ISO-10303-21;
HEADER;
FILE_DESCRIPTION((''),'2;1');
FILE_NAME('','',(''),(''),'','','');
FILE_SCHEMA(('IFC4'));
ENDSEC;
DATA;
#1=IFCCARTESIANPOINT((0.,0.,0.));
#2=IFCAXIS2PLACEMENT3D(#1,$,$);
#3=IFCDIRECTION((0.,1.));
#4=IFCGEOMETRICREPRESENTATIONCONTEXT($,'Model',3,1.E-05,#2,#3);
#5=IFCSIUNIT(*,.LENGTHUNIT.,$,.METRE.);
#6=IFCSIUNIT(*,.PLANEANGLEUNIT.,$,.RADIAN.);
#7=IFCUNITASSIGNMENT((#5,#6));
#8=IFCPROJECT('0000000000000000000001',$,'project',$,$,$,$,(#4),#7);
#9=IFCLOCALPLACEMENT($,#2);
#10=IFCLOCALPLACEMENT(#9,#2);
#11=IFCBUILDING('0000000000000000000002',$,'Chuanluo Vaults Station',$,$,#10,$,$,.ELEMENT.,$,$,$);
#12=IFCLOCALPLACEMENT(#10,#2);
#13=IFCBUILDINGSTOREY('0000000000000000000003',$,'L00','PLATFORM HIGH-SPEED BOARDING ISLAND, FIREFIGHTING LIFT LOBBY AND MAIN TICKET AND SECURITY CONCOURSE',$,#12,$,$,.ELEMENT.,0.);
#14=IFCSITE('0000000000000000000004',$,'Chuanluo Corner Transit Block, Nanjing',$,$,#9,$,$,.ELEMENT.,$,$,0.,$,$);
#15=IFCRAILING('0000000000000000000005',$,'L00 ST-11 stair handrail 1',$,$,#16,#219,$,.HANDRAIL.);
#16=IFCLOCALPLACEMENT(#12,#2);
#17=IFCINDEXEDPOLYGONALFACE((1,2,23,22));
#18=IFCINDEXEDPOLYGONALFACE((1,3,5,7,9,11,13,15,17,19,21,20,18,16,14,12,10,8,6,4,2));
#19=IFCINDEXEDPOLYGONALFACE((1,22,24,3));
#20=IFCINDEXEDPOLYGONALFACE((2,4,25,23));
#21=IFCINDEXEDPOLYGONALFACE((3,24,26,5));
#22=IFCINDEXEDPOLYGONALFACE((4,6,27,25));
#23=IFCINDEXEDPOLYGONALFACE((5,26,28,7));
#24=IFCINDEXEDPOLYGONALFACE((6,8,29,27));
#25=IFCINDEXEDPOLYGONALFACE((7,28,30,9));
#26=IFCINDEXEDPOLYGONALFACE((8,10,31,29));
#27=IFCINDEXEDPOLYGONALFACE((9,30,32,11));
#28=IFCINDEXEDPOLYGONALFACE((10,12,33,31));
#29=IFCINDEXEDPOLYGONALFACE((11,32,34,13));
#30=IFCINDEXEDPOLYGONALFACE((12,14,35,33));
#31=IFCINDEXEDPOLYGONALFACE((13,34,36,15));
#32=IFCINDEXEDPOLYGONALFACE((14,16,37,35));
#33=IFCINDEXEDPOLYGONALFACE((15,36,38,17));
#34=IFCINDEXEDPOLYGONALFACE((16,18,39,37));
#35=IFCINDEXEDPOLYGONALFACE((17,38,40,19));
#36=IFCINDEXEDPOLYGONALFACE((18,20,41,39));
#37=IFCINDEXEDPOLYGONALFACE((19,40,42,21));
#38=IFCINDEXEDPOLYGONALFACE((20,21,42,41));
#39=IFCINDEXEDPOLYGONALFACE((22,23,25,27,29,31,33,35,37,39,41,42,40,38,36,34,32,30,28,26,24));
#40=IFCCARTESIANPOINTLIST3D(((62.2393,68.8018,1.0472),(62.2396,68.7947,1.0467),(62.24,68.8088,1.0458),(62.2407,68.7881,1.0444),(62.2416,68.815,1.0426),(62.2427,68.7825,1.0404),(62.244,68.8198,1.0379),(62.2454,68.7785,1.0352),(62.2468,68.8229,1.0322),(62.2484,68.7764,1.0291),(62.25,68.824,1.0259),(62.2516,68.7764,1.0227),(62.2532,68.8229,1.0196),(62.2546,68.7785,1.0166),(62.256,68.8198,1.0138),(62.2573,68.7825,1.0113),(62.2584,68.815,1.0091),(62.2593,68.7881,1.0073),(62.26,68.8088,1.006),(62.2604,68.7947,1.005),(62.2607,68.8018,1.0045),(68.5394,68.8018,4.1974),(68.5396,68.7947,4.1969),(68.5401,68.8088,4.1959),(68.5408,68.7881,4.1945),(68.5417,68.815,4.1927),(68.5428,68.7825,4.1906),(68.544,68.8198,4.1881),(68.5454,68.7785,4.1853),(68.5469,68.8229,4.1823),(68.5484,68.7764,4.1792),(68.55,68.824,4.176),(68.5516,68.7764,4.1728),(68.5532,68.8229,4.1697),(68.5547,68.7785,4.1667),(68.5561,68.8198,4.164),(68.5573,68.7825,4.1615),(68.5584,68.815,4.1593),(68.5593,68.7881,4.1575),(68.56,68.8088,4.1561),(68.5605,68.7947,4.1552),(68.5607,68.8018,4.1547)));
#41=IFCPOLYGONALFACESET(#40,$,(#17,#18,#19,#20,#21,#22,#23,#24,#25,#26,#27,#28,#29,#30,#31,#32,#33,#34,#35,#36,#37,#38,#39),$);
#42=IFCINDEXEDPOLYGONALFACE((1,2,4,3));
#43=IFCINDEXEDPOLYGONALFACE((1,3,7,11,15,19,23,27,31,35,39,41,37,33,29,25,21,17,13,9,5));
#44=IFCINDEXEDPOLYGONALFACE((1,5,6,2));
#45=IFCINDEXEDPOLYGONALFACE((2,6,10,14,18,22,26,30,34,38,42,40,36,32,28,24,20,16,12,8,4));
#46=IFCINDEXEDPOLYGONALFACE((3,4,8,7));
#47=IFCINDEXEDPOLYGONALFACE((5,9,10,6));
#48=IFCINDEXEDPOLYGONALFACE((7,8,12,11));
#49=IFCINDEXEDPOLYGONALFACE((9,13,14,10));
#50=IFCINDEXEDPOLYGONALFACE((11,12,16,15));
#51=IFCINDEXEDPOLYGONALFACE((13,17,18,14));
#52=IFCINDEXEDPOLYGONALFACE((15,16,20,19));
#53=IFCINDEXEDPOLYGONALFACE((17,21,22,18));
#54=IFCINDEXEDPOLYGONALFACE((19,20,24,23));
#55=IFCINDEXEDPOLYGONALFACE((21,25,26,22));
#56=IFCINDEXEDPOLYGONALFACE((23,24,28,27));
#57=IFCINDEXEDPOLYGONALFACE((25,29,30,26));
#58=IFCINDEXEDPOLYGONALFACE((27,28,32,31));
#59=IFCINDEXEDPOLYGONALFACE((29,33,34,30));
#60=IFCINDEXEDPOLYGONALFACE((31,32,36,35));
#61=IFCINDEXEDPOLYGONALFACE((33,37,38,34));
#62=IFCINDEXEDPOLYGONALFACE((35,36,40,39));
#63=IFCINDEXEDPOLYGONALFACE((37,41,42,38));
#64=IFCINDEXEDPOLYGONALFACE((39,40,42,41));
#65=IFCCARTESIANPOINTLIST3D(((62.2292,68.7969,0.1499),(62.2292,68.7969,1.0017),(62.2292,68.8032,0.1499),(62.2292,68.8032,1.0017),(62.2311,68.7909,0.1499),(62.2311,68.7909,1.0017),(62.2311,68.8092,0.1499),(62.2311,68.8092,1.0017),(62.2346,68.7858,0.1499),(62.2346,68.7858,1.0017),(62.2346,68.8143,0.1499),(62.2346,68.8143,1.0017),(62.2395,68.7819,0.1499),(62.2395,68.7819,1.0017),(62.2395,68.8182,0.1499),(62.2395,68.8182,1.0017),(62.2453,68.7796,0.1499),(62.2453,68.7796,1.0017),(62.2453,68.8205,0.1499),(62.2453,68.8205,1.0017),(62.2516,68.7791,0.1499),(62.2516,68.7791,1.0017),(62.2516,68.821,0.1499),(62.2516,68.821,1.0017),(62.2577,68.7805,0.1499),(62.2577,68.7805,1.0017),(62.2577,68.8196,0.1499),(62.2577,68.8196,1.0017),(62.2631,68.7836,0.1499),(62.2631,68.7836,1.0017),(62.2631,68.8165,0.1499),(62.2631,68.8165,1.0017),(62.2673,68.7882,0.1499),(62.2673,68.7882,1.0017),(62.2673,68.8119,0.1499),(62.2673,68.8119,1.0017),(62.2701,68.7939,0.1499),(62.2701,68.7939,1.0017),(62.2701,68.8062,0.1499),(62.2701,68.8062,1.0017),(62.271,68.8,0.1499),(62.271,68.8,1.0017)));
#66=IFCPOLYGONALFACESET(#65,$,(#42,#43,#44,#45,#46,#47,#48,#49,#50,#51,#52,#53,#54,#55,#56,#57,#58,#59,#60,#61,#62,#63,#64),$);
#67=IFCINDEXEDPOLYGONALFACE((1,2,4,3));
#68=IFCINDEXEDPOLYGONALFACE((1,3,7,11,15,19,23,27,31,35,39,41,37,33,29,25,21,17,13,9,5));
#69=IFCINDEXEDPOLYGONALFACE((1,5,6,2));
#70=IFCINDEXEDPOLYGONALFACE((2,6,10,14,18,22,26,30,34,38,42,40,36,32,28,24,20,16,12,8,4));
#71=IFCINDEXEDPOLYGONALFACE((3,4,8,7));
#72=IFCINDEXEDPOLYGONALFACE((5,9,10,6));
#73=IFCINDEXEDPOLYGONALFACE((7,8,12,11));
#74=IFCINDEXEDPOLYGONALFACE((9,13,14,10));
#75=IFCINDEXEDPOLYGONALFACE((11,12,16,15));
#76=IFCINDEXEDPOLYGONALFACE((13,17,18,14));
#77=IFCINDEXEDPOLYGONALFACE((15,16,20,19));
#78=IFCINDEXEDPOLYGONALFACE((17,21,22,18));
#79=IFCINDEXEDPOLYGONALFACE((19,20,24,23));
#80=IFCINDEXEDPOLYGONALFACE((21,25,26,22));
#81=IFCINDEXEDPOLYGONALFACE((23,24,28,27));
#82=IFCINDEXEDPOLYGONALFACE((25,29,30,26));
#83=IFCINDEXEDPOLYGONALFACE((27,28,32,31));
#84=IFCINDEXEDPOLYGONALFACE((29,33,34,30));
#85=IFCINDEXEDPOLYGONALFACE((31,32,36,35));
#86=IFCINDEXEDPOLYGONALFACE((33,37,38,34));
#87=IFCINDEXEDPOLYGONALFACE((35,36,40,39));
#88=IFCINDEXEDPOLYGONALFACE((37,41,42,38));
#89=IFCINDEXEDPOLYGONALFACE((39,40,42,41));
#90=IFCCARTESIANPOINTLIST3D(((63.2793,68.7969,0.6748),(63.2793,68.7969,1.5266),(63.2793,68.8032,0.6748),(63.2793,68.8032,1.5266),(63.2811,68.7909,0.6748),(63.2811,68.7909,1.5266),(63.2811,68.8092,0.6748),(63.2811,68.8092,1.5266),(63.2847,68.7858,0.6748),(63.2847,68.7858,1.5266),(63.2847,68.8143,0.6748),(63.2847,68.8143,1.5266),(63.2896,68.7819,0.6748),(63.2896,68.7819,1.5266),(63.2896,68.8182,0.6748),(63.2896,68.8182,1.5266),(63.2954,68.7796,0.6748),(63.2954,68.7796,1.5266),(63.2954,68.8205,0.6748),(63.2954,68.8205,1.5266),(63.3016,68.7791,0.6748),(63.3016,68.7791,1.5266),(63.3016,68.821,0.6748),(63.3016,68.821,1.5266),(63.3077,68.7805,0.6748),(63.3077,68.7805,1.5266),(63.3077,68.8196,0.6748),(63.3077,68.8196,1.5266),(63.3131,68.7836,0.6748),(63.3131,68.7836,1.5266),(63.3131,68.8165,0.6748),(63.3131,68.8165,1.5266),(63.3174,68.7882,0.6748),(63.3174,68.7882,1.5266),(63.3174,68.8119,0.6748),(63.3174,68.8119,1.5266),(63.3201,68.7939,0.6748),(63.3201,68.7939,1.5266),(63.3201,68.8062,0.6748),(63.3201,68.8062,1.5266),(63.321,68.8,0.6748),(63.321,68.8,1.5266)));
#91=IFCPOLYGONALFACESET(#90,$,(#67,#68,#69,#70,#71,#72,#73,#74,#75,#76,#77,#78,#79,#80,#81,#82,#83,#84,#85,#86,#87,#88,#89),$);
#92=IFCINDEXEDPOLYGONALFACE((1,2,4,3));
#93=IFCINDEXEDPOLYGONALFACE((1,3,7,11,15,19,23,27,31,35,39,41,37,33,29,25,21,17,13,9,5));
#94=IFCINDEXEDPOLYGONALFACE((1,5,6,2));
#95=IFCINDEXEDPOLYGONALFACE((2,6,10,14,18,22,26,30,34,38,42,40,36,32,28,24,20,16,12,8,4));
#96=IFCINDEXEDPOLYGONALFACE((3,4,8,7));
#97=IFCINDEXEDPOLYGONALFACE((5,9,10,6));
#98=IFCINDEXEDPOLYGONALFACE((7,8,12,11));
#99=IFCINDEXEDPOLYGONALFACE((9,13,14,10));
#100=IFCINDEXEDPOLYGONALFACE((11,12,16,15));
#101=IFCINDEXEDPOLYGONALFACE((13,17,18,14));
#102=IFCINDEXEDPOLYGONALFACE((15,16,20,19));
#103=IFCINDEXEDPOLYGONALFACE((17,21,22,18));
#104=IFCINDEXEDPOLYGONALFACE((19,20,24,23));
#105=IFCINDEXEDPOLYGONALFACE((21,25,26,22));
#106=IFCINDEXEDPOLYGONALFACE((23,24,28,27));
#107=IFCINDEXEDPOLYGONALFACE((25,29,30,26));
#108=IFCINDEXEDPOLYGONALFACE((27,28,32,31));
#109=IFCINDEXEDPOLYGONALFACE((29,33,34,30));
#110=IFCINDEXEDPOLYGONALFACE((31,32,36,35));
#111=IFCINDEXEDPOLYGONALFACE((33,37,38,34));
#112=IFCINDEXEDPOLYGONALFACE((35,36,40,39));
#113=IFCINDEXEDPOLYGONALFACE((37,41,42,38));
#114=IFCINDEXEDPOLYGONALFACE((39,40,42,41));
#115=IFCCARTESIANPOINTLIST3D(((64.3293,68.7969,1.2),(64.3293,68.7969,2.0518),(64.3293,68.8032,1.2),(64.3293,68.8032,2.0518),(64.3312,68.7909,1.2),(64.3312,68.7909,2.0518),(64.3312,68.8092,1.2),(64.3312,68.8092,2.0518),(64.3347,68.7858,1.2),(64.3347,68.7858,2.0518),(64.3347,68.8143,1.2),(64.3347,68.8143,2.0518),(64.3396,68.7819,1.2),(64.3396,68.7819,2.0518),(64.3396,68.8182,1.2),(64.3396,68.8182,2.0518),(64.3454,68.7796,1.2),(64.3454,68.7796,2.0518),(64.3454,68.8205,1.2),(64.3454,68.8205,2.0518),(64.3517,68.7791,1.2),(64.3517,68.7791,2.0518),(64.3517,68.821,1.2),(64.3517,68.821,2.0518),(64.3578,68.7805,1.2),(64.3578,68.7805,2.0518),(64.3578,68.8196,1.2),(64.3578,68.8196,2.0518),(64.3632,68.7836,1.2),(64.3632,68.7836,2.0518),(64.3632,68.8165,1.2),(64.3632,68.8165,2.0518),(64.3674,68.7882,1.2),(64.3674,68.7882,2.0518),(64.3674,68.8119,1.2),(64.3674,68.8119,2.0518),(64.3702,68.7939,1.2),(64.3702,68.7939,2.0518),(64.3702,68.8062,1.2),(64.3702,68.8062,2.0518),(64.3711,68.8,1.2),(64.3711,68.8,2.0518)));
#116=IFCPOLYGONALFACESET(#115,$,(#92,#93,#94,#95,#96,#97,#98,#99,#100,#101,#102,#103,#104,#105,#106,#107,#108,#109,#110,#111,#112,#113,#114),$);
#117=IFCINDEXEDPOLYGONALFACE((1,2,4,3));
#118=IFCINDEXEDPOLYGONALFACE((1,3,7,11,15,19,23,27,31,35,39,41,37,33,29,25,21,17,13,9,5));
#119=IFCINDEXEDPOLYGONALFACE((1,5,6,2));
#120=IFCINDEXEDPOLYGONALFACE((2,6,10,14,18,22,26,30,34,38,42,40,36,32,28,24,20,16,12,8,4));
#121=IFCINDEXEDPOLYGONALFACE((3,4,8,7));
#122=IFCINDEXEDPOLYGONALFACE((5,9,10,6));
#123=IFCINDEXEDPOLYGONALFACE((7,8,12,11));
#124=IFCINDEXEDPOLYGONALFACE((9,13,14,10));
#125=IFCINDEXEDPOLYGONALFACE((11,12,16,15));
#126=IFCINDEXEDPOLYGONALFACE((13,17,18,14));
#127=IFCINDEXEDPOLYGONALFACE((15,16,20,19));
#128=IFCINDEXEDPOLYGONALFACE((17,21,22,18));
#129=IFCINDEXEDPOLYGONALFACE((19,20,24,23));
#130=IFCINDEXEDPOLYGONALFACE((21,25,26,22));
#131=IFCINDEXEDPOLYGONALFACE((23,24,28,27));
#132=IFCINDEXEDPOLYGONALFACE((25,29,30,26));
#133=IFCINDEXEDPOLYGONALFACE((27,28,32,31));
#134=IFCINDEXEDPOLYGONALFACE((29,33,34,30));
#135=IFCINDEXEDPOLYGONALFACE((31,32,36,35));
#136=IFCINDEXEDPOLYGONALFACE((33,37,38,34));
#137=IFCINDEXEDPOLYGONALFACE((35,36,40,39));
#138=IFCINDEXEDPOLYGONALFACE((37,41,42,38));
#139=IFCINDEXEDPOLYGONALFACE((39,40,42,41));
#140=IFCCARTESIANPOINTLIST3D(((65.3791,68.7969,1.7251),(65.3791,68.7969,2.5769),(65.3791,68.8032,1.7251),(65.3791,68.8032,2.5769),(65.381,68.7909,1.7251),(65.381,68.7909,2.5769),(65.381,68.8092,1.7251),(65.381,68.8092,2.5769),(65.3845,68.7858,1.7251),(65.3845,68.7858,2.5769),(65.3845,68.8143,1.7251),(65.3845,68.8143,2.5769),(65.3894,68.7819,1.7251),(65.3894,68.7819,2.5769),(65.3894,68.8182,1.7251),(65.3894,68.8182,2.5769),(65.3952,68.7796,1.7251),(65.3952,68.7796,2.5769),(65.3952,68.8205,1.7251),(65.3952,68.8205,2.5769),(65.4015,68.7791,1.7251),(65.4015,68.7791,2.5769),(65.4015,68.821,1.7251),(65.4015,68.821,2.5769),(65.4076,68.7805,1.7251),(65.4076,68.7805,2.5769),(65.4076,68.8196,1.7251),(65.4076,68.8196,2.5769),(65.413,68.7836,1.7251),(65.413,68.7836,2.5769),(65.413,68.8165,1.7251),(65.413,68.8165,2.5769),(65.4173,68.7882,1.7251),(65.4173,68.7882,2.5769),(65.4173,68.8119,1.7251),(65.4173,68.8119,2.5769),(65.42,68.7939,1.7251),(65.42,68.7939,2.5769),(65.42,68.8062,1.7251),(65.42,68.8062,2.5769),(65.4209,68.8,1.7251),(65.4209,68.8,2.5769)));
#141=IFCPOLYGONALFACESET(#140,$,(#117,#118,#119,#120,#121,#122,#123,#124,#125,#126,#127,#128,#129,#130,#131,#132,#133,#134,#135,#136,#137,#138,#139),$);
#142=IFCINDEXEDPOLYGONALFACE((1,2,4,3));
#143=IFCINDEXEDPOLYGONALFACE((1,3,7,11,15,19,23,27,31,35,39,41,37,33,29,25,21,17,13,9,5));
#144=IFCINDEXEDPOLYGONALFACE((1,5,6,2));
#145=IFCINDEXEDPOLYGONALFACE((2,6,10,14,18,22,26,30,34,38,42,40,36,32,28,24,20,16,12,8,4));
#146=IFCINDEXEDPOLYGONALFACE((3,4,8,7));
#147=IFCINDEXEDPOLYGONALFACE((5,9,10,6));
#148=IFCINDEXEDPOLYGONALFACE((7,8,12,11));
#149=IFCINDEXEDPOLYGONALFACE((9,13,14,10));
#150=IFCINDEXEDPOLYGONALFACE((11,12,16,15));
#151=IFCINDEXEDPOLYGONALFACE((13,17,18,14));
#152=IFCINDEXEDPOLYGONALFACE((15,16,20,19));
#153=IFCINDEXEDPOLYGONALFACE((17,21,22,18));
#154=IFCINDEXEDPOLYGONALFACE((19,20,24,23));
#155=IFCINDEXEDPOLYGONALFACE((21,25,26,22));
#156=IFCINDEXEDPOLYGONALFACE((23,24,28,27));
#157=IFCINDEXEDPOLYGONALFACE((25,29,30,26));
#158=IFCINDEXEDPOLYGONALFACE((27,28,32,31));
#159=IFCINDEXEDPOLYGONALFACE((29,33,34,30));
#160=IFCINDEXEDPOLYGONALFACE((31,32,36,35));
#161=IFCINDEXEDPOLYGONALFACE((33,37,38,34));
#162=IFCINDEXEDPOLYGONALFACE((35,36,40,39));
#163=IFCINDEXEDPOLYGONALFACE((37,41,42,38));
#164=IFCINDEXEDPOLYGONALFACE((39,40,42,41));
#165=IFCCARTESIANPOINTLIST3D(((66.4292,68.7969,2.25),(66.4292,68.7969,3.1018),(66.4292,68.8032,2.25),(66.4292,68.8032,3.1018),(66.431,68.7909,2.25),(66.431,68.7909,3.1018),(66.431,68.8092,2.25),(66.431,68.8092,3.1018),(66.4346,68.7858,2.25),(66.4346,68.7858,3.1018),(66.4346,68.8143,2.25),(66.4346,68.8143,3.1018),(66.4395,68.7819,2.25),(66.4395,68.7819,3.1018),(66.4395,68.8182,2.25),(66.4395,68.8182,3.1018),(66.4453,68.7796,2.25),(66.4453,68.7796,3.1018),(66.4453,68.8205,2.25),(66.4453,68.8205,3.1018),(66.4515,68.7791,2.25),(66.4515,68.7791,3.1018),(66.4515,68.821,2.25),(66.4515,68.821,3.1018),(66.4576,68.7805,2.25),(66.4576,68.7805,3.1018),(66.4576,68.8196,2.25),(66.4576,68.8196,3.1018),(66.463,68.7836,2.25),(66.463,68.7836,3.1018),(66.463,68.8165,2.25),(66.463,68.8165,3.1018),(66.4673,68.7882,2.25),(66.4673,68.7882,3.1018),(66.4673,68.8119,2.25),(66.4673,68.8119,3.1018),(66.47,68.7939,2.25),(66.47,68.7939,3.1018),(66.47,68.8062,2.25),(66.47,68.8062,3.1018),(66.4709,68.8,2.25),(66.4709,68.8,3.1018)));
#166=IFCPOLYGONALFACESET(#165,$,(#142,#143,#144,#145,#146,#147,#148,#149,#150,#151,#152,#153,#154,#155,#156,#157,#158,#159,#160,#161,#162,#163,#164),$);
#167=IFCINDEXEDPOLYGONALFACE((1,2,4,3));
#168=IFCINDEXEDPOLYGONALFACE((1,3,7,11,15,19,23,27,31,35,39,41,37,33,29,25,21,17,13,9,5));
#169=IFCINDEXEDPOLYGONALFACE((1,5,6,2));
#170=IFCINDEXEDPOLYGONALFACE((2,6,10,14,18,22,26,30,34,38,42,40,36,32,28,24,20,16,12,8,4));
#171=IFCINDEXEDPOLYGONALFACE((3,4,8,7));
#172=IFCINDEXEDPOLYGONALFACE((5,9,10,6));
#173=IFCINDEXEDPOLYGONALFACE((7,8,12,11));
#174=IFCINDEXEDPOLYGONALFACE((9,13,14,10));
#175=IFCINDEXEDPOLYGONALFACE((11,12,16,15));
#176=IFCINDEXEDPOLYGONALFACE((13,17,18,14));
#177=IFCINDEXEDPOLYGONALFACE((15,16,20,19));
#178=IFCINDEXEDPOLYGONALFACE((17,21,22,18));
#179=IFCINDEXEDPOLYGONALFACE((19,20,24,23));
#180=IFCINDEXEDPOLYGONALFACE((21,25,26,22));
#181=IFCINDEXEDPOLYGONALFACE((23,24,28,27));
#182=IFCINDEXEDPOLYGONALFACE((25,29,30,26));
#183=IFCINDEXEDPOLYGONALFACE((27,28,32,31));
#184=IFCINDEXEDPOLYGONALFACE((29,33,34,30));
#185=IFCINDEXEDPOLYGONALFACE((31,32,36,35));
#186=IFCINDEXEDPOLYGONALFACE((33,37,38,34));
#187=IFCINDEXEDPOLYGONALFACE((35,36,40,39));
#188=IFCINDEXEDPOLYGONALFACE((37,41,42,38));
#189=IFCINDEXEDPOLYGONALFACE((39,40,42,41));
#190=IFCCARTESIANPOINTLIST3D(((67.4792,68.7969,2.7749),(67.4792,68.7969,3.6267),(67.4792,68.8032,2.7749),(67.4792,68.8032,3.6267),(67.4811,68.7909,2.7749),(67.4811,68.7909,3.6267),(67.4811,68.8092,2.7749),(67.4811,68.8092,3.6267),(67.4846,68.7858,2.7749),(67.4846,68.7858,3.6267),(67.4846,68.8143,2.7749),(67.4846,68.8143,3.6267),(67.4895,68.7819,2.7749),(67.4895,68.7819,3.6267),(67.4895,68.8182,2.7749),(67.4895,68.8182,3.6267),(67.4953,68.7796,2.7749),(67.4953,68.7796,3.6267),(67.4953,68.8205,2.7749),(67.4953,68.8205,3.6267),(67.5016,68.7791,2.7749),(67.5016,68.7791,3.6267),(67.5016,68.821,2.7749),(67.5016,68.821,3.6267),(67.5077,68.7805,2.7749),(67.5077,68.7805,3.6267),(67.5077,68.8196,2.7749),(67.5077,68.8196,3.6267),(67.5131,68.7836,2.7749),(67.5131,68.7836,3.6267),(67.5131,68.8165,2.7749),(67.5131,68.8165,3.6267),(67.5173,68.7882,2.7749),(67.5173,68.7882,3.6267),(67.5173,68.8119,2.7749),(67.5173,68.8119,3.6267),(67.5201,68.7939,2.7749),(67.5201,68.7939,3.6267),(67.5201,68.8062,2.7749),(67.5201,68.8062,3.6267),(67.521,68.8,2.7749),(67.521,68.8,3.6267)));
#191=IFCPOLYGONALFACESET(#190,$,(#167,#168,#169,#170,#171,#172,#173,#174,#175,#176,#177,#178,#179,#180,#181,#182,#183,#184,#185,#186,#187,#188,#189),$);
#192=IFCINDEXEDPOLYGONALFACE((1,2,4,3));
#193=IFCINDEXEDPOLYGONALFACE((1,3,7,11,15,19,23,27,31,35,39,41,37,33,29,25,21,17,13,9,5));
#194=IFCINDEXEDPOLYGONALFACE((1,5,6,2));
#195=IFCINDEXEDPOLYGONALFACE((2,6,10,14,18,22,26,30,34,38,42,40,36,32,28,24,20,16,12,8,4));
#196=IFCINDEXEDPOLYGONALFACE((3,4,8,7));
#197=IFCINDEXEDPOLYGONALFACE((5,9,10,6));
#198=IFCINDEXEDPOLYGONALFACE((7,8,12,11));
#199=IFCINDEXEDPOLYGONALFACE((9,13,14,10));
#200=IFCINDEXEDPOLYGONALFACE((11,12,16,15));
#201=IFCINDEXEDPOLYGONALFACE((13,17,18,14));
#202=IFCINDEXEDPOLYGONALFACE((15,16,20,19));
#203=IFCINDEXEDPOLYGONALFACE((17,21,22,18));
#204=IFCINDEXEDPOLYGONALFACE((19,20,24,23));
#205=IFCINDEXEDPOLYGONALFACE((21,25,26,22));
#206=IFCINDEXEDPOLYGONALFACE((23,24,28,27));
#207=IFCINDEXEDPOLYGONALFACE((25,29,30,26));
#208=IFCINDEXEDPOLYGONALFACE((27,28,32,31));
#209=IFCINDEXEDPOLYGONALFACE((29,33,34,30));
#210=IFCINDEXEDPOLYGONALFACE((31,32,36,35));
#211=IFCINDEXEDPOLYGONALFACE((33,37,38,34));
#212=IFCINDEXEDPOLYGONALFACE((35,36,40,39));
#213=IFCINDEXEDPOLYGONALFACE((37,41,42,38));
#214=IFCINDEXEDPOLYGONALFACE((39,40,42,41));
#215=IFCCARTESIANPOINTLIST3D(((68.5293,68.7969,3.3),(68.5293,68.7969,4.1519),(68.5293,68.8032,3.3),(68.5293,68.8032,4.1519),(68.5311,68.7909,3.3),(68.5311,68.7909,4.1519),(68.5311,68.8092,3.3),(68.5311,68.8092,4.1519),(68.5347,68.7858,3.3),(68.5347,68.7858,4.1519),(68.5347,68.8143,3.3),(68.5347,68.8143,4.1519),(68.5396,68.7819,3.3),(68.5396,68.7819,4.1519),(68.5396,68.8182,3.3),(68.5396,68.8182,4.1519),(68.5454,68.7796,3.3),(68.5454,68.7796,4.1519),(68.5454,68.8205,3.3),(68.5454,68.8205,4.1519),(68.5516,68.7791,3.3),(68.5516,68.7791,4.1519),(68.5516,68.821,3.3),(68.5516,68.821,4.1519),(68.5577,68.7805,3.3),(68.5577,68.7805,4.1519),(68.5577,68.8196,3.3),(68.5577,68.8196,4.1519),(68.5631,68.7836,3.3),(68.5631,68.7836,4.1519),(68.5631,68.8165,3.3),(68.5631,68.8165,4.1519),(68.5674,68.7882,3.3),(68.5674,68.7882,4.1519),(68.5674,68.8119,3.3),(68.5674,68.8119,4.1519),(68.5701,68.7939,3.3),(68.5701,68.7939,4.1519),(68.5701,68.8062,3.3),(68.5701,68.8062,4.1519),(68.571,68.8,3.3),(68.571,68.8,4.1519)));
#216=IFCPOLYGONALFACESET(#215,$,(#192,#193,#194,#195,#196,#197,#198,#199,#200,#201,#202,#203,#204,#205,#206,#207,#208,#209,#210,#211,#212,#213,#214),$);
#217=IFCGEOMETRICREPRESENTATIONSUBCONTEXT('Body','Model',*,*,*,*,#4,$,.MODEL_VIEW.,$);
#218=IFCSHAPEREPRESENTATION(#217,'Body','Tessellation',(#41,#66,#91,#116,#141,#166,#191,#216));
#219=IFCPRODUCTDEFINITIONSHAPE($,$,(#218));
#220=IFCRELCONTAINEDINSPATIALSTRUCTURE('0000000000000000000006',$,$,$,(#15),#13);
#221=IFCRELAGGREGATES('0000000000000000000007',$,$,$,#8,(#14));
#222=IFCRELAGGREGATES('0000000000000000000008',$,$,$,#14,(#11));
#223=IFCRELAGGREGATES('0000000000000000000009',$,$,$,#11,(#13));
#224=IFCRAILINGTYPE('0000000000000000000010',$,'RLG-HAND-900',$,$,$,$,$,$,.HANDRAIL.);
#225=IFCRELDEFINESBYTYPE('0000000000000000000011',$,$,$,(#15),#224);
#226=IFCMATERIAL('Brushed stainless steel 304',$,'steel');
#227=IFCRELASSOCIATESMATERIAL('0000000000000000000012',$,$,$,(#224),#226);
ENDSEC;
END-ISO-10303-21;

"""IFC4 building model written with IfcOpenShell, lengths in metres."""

from ifc_helpers import new_model, si_unit, direction, frame, origin, origin_2d, place, context, subcontext, project, spatial, circle, extrude, material, type_object, element, save


model = new_model("IFC4")

# Units and contexts
model_context = context("Model", 3, precision=1e-05, world=origin(), true_north=direction((0.0, 1.0)))
body_context = subcontext(model_context, "Body", "Model", "MODEL_VIEW")
ifc_project = project(units=[si_unit("LENGTHUNIT", "METRE"), si_unit("PLANEANGLEUNIT", "RADIAN")], contexts=[model_context])

# Site, building, storey
site_placement = place(None, origin())
site = spatial("IfcSite", under=ifc_project, at=site_placement, Name="Chuanluo Corner Transit Block, Nanjing", CompositionType="ELEMENT", RefElevation=0.0)
building_placement = place(site_placement, origin())
building = spatial("IfcBuilding", under=site, at=building_placement, Name="Chuanluo Vaults Station", CompositionType="ELEMENT")
storey_placement = place(building_placement, origin())
storey = spatial("IfcBuildingStorey", under=building, at=storey_placement, Name="L00", Description="PLATFORM HIGH-SPEED BOARDING ISLAND, FIREFIGHTING LIFT LOBBY AND MAIN TICKET AND SECURITY CONCOURSE", CompositionType="ELEMENT", Elevation=0.0)

# Railing
ifc_material_1 = material(Name="Brushed stainless steel 304", Category="steel")
railing_type_1 = type_object("IfcRailingType", Name="RLG-HAND-900", PredefinedType="HANDRAIL", material=ifc_material_1)
railing_placement = place(storey_placement, frame((62.25, 68.8, 0.1499)))
element("IfcRailing", 1, at=railing_placement, inside=storey, type_object=railing_type_1, Name="L00 ST-11 stair handrail 1", PredefinedType="HANDRAIL", context=body_context, shape_type="SweptSolid", body=[
    extrude(circle(Radius=0.0239, at=origin_2d()), frame((0.0, 0.0, 0.876), z_axis=(0.89442, 0.0, 0.447227), x_axis=(0.0, 1.0, 0.0)), (0.0, 0.0, 1.0), 7.0437),
    extrude(circle(Radius=0.021, at=origin_2d()), origin(), (0.0, 0.0, 1.0), 0.8518),
    extrude(circle(Radius=0.021, at=origin_2d()), frame((1.05, 0.0, 0.5249)), (0.0, 0.0, 1.0), 0.8518),
    extrude(circle(Radius=0.021, at=origin_2d()), frame((2.1001, 0.0, 1.05)), (0.0, 0.0, 1.0), 0.8518),
    extrude(circle(Radius=0.021, at=origin_2d()), frame((3.1499, 0.0, 1.5752)), (0.0, 0.0, 1.0), 0.8518),
    extrude(circle(Radius=0.021, at=origin_2d()), frame((4.2, 0.0, 2.1001)), (0.0, 0.0, 1.0), 0.8518),
    extrude(circle(Radius=0.021, at=origin_2d()), frame((5.25, 0.0, 2.625)), (0.0, 0.0, 1.0), 0.8518),
    extrude(circle(Radius=0.021, at=origin_2d()), frame((6.3, 0.0, 3.1501)), (0.0, 0.0, 1.0), 0.8518),
])

save(model, "model.ifc")
